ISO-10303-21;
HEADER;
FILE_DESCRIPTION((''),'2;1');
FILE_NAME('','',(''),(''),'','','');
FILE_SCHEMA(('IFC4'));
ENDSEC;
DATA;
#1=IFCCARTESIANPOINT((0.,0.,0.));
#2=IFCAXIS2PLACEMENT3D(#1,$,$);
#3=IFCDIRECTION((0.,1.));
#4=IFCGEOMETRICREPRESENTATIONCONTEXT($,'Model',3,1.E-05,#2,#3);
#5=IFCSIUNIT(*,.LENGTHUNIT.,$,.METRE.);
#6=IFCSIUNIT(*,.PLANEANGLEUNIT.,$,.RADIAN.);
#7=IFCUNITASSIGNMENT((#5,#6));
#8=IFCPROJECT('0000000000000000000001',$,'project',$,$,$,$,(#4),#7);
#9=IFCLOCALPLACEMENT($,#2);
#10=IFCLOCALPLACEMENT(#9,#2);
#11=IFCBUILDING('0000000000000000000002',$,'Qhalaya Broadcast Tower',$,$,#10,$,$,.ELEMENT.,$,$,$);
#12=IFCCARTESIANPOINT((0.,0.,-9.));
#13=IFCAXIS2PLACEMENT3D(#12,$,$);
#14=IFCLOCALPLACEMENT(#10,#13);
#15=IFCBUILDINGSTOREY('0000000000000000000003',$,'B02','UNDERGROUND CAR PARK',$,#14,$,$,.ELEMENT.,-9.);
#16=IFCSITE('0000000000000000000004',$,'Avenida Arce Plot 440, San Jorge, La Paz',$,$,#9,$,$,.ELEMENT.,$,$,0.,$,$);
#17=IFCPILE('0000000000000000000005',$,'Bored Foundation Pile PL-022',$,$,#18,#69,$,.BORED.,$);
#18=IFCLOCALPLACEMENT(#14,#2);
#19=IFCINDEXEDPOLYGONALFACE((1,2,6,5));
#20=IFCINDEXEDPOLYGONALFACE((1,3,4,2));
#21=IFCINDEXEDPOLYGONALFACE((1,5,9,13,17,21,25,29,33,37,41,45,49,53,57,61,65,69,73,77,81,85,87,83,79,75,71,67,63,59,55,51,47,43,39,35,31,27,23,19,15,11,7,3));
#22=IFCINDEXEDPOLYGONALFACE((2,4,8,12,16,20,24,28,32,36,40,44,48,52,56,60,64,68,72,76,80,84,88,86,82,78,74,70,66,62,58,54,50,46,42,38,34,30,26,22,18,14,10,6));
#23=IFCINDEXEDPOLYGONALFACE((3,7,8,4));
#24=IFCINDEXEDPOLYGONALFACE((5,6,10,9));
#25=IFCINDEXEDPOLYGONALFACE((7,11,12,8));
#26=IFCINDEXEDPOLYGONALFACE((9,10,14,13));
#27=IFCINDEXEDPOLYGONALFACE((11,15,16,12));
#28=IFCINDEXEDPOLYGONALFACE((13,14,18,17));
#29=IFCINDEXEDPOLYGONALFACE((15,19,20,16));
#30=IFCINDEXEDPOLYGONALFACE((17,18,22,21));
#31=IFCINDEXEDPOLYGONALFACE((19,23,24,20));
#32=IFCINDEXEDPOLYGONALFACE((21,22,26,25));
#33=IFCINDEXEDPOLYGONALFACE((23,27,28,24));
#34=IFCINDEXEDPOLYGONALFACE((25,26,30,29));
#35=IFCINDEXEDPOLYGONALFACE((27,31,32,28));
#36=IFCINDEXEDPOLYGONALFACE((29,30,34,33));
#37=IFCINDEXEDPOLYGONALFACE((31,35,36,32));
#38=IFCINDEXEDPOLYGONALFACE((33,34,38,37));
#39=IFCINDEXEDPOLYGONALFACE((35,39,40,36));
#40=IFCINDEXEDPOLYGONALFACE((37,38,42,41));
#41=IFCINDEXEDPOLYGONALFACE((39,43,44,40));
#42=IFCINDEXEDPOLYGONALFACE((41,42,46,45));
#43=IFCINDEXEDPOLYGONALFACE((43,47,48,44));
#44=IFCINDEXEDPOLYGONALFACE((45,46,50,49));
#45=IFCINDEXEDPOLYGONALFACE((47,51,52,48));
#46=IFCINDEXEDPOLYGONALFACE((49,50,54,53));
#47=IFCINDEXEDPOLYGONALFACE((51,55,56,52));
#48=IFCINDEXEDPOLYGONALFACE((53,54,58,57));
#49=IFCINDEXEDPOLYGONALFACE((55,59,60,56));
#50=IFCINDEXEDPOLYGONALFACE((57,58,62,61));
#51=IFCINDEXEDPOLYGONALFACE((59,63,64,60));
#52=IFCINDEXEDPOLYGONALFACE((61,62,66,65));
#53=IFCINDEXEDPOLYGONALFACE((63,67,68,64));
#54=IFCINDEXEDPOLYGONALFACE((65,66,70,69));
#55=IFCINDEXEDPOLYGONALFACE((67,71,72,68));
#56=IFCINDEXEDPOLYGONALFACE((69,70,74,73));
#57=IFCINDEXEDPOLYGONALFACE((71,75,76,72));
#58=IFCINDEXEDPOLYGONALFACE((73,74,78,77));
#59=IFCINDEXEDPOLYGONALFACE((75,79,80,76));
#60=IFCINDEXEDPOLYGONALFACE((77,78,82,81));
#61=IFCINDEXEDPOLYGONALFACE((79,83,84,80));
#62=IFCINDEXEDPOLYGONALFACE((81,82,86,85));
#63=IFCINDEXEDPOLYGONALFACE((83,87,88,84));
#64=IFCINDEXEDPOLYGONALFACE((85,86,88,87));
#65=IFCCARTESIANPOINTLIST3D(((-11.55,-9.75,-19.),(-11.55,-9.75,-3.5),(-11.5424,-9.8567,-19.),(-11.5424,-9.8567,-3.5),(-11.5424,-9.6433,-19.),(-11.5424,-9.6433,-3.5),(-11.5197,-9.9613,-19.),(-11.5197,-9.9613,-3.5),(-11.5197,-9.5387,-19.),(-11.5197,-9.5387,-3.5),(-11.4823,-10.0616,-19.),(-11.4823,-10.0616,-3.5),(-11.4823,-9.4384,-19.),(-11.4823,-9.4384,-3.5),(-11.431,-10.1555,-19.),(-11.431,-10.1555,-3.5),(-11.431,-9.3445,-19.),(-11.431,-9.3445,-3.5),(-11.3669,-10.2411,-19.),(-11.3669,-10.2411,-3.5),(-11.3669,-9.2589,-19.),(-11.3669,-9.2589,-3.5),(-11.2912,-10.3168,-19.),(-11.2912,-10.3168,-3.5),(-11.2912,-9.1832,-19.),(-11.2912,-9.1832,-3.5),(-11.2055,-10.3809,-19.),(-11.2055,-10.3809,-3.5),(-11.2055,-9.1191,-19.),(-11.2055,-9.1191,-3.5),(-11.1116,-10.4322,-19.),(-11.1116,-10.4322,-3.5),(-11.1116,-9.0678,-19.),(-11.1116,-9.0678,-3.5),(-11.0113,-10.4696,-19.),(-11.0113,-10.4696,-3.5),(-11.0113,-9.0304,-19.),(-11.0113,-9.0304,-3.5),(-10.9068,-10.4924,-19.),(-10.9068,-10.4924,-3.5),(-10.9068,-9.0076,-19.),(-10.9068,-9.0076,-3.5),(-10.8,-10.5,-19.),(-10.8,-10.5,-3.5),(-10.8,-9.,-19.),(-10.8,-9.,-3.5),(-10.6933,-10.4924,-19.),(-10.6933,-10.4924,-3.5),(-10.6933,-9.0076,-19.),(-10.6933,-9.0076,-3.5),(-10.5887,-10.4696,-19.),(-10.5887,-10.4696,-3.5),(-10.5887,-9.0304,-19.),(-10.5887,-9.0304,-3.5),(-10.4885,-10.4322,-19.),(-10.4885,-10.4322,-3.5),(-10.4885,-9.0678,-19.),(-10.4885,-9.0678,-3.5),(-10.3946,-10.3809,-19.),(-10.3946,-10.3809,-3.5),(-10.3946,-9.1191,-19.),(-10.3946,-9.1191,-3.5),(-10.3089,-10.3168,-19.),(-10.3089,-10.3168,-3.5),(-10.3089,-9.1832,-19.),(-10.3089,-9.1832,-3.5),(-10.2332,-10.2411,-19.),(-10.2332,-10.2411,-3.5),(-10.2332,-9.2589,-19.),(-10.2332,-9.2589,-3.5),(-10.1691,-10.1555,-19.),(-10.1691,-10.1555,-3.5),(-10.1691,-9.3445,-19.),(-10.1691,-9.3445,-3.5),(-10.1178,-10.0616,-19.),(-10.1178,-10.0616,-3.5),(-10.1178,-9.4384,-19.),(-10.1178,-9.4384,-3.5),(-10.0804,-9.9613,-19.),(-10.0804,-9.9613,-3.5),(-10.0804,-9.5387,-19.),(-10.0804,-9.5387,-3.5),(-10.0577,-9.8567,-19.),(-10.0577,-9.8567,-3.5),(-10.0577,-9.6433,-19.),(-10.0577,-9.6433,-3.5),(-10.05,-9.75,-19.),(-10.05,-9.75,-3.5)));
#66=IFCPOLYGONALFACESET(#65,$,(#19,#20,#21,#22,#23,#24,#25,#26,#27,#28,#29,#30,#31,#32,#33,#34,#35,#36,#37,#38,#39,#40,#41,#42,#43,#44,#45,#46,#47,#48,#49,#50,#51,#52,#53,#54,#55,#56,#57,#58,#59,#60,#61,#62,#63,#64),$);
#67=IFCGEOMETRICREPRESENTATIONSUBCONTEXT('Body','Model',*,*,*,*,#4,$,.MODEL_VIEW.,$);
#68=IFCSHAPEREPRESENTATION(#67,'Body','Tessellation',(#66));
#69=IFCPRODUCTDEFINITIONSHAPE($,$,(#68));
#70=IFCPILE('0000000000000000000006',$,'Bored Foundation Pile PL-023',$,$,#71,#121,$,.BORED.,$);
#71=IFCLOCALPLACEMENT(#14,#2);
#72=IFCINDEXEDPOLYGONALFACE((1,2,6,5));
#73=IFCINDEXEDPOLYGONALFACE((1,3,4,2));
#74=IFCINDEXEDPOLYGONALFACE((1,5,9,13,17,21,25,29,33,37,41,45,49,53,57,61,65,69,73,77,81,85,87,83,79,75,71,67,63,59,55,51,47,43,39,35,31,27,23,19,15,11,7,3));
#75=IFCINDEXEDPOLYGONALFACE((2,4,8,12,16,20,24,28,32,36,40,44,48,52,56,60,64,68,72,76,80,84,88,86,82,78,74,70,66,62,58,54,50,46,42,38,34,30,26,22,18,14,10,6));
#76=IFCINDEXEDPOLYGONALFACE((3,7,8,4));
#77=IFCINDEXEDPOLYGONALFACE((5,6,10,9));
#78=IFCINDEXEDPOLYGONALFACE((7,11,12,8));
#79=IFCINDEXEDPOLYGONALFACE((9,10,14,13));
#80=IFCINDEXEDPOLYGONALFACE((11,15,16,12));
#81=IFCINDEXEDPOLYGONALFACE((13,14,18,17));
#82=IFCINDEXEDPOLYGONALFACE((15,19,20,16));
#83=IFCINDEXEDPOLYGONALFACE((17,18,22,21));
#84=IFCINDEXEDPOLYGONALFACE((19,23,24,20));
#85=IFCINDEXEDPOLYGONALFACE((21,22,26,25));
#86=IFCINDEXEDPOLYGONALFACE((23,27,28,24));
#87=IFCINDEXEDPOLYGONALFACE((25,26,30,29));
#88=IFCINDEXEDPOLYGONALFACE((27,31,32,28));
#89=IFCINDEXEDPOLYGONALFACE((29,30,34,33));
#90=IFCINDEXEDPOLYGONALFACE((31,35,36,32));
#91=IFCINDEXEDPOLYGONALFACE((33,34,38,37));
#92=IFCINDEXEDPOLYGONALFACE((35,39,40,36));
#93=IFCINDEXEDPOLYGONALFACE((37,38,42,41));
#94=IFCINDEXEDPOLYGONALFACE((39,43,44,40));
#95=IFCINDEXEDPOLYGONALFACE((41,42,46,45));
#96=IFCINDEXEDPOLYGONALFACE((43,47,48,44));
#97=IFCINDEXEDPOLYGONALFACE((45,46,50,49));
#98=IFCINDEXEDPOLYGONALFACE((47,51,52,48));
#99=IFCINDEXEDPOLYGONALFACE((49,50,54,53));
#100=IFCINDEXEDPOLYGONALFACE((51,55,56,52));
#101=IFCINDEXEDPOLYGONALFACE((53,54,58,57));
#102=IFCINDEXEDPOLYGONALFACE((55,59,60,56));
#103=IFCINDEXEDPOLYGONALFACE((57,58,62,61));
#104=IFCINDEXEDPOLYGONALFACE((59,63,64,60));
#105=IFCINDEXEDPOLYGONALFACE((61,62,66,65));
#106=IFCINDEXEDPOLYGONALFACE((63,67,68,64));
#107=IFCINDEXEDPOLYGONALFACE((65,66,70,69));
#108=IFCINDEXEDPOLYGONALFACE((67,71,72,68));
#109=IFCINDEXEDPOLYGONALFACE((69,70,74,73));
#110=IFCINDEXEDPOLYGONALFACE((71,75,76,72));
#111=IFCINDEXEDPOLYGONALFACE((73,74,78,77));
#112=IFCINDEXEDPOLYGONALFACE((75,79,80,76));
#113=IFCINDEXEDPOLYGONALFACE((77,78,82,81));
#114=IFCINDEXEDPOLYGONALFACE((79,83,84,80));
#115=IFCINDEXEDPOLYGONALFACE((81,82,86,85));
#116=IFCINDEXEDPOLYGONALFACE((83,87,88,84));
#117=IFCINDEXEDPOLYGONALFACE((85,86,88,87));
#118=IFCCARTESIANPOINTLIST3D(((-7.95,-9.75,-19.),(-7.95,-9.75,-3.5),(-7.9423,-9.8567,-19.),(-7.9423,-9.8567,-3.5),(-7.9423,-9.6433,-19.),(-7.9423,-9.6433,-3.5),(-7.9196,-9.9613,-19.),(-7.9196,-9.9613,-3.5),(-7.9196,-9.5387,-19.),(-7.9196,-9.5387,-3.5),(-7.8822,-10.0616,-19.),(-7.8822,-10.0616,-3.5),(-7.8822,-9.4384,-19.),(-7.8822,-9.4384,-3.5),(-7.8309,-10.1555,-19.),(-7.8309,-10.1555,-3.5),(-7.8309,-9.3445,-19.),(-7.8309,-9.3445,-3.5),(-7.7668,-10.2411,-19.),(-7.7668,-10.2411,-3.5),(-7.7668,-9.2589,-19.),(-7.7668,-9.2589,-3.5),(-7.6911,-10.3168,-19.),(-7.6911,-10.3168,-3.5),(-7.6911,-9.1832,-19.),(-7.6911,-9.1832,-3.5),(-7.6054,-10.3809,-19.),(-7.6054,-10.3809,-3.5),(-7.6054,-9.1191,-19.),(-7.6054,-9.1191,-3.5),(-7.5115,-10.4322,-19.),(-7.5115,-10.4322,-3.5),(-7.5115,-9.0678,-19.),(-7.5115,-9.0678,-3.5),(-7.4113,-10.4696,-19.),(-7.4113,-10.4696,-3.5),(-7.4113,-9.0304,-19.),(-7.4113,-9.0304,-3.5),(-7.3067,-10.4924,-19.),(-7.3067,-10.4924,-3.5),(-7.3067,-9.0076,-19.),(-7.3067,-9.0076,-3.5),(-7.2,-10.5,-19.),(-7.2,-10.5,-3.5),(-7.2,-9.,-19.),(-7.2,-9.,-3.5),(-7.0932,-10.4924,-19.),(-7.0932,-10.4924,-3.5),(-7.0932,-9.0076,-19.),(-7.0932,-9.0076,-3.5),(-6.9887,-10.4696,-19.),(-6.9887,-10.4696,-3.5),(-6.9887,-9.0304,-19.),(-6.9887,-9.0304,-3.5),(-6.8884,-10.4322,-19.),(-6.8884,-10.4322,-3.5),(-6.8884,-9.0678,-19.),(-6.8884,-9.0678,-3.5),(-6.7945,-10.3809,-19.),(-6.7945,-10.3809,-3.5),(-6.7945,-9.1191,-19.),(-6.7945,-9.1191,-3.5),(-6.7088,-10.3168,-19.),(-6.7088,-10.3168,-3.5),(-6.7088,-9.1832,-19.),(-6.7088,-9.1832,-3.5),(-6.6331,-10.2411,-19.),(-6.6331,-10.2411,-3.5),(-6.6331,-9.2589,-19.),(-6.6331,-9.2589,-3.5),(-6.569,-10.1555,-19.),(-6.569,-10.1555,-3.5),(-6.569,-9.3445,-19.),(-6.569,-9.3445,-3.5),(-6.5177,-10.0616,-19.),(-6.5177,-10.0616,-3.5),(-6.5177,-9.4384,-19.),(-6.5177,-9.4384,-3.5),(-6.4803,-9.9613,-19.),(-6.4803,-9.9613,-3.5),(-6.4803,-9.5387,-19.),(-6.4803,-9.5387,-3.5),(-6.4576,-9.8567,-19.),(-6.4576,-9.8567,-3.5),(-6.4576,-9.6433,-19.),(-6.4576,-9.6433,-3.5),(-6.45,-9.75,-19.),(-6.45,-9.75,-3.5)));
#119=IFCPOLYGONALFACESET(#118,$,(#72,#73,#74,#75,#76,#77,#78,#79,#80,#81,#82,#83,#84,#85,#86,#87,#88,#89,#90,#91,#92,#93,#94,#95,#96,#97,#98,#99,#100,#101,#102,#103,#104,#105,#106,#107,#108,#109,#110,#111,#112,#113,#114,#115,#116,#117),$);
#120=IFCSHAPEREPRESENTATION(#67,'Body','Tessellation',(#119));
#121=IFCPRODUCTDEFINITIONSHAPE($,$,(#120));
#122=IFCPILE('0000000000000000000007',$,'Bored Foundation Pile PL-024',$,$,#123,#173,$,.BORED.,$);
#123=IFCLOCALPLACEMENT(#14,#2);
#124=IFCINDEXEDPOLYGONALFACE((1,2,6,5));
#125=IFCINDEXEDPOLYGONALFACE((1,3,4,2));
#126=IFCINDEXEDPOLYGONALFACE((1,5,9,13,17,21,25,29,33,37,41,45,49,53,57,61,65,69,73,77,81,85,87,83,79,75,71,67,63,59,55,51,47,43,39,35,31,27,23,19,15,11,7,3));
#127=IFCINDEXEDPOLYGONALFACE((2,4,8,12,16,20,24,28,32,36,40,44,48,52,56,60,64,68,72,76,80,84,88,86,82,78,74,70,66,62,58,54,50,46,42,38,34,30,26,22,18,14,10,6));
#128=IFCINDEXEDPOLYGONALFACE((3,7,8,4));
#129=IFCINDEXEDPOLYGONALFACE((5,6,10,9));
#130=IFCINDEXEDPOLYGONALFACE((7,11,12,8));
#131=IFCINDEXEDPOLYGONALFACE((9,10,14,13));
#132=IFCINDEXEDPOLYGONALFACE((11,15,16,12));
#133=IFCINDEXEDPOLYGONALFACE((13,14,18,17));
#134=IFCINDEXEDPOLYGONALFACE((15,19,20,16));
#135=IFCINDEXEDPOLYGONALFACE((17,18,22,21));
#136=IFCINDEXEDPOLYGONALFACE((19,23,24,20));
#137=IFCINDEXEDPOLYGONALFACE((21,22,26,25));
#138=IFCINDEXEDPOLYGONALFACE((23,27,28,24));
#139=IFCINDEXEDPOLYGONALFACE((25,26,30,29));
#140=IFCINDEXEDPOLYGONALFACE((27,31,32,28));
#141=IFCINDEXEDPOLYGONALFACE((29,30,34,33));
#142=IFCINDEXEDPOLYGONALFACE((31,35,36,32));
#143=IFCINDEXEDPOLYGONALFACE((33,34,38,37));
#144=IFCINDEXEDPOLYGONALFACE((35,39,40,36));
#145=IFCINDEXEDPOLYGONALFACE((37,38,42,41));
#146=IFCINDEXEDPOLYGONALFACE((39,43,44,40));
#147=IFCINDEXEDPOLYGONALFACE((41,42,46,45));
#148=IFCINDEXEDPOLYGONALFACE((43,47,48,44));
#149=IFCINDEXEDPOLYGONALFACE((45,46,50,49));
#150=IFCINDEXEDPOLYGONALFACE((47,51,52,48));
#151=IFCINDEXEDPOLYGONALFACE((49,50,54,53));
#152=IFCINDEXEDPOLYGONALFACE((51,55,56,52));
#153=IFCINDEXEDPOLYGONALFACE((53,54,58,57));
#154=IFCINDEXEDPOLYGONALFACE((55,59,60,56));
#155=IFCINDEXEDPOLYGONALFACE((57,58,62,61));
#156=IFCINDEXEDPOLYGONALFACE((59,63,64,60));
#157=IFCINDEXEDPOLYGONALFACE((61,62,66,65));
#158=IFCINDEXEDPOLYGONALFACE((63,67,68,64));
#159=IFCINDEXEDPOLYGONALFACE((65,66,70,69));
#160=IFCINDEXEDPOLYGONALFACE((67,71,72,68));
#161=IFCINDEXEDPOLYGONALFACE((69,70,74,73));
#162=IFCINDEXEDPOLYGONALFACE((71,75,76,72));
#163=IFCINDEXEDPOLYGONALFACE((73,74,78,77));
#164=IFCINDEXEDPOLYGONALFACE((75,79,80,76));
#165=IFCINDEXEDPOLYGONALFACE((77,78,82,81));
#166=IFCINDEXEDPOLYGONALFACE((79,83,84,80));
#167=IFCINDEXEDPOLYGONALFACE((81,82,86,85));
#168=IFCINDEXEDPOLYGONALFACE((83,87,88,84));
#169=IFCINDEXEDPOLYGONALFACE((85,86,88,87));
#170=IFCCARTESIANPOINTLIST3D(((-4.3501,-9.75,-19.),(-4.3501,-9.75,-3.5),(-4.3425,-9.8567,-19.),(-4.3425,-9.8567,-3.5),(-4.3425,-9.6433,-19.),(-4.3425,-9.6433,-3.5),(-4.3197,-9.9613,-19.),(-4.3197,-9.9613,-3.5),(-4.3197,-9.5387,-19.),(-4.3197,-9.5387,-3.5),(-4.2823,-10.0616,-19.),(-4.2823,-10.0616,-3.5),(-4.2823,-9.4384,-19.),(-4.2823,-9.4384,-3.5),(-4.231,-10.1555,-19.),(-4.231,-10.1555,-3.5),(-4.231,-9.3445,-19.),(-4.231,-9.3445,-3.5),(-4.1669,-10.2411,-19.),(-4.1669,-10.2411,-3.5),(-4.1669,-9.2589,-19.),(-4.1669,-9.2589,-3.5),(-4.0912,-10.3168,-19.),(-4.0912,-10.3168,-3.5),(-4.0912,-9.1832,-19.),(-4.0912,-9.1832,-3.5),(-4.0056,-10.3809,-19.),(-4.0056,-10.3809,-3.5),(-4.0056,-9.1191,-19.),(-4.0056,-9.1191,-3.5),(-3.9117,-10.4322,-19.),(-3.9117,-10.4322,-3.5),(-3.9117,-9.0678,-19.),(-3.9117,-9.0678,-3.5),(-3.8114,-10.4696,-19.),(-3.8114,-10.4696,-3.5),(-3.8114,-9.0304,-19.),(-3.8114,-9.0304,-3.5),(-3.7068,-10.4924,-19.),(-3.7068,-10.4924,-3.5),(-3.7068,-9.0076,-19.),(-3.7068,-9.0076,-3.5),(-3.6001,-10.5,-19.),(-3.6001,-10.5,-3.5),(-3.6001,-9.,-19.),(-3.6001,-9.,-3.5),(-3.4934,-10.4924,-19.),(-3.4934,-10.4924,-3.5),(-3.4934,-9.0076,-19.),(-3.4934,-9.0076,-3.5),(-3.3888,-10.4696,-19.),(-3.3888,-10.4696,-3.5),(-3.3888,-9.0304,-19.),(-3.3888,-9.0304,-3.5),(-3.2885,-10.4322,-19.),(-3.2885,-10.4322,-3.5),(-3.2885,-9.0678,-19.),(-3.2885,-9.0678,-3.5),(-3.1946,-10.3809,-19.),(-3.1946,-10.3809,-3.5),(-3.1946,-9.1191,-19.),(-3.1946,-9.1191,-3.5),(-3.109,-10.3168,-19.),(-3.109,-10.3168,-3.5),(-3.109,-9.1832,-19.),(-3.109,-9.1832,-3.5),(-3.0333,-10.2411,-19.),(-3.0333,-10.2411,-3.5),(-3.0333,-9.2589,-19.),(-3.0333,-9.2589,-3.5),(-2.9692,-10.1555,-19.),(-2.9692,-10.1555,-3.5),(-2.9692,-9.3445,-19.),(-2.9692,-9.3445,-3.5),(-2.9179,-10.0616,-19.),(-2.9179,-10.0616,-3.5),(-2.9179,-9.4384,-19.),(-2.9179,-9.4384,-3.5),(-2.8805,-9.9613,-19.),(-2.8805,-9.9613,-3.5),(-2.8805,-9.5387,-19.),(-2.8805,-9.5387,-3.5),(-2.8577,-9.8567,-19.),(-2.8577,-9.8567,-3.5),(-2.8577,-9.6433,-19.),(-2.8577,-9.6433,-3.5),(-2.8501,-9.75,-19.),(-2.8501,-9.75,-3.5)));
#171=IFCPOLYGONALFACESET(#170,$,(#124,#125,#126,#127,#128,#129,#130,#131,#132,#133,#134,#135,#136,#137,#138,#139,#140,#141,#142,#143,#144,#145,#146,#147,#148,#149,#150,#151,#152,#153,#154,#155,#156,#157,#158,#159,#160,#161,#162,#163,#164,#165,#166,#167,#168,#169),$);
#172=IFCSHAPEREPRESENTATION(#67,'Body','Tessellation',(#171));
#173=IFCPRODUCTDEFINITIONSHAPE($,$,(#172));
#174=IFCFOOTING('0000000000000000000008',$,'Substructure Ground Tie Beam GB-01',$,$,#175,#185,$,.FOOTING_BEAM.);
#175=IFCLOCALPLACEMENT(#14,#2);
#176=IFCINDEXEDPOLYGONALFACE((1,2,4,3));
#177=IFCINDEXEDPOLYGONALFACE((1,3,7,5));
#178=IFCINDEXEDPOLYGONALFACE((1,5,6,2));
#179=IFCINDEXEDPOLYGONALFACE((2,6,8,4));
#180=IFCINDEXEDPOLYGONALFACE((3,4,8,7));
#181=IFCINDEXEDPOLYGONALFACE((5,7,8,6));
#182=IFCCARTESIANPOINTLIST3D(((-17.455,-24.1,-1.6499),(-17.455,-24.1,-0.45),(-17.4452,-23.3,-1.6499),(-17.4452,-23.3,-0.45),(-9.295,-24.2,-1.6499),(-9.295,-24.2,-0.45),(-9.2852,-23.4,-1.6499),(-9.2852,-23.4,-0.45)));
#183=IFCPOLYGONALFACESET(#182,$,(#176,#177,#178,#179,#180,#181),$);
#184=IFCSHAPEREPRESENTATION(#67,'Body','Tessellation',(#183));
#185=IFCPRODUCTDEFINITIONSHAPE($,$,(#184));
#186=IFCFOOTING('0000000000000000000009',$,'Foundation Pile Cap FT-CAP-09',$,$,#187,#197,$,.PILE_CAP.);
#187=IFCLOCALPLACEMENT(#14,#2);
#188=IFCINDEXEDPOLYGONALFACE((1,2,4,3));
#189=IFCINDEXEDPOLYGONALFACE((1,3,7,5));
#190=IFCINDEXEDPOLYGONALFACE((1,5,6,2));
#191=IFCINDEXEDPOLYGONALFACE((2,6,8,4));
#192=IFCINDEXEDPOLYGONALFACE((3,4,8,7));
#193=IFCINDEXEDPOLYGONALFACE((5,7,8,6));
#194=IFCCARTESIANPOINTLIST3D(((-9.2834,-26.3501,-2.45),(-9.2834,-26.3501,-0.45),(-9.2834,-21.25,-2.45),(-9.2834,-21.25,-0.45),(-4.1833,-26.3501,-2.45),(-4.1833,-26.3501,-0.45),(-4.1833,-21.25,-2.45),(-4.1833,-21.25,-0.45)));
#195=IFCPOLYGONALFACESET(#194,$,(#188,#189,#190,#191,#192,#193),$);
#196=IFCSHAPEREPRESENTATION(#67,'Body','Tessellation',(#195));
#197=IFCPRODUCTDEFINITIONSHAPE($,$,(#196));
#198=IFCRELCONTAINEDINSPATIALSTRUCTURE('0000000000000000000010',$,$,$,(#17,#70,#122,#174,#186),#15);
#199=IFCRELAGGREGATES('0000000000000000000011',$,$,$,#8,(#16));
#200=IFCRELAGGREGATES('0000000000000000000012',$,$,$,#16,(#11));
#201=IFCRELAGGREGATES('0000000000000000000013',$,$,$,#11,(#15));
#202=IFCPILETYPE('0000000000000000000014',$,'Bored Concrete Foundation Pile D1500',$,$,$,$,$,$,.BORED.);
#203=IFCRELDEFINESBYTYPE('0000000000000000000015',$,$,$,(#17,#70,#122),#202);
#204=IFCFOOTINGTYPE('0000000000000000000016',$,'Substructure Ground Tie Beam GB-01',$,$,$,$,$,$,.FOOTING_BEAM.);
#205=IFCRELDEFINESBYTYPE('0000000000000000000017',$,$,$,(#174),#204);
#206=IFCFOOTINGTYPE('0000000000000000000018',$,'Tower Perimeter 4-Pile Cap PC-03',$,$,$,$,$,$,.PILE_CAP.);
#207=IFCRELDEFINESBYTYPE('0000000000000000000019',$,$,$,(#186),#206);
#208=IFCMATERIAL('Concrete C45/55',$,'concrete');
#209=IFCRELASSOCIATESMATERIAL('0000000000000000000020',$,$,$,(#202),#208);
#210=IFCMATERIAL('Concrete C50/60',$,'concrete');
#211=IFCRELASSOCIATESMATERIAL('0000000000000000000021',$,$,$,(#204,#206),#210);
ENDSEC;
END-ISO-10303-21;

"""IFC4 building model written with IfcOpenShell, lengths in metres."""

from ifc_helpers import new_model, si_unit, direction, frame, origin, origin_2d, place, context, subcontext, project, spatial, rectangle, circle, extrude, material, material_profile, profile_set, type_object, element, save


model = new_model("IFC4")

# Units and contexts
model_context = context("Model", 3, precision=1e-05, world=origin(), true_north=direction((0.0, 1.0)))
body_context = subcontext(model_context, "Body", "Model", "MODEL_VIEW")
ifc_project = project(units=[si_unit("LENGTHUNIT", "METRE"), si_unit("PLANEANGLEUNIT", "RADIAN")], contexts=[model_context])

# Site, building, storey
site_placement = place(None, origin())
site = spatial("IfcSite", under=ifc_project, at=site_placement, Name="Avenida Arce Plot 440, San Jorge, La Paz", CompositionType="ELEMENT", RefElevation=0.0)
building_placement = place(site_placement, origin())
building = spatial("IfcBuilding", under=site, at=building_placement, Name="Qhalaya Broadcast Tower", CompositionType="ELEMENT")
storey_placement = place(building_placement, frame((0.0, 0.0, -9.0)))
storey = spatial("IfcBuildingStorey", under=building, at=storey_placement, Name="B02", Description="UNDERGROUND CAR PARK", CompositionType="ELEMENT", Elevation=-9.0)

# Piles
ifc_material_1 = material(Name="Concrete C45/55", Category="concrete")
ifc_material_profile_1 = material_profile(ifc_material_1, circle(Radius=0.75, at=origin_2d()), Name="PILE D1500")
ifc_profile_set_1 = profile_set([ifc_material_profile_1], Name="Concrete C45/55")
pile_type_1 = type_object("IfcPileType", Name="Bored Concrete Foundation Pile D1500", PredefinedType="BORED", material=ifc_profile_set_1)
for number, where, z_axis, x_axis, name in (
    (1, (-10.8, -9.75, -3.5), (0.0, 0.0, -1.0), (1.0, 0.0, 0.0), "Bored Foundation Pile PL-022"),
    (2, (-7.2, -9.75, -3.5), (0.0, 0.0, -1.0), (1.0, 0.0, 0.0), "Bored Foundation Pile PL-023"),
    (3, (-3.6001, -9.75, -3.5), (0.0, 0.0, -1.0), (1.0, 0.0, 0.0), "Bored Foundation Pile PL-024"),
):
    element("IfcPile", number, at=place(storey_placement, frame(where, z_axis=z_axis, x_axis=x_axis)), inside=storey, type_object=pile_type_1, Name=name, PredefinedType="BORED", context=body_context, shape_type="SweptSolid", body=[
        extrude(circle(Radius=0.75, at=origin_2d()), origin(), (0.0, 0.0, 1.0), 15.5),
    ])

# Footings
ifc_material_2 = material(Name="Concrete C50/60", Category="concrete")
footing_type_1 = type_object("IfcFootingType", Name="Substructure Ground Tie Beam GB-01", PredefinedType="FOOTING_BEAM", material=ifc_material_2)
footing_1_placement = place(storey_placement, frame((-13.3701, -23.75, -1.6499), z_axis=(0.0, 0.0, 1.0), x_axis=(0.999925, -0.012254, 0.0)))
element("IfcFooting", 4, at=footing_1_placement, inside=storey, type_object=footing_type_1, Name="Substructure Ground Tie Beam GB-01", PredefinedType="FOOTING_BEAM", context=body_context, shape_type="SweptSolid", body=[
    extrude(rectangle(XDim=8.1606, YDim=0.8, at=origin_2d()), origin(), (0.0, 0.0, 1.0), 1.2),
])
footing_type_2 = type_object("IfcFootingType", Name="Tower Perimeter 4-Pile Cap PC-03", PredefinedType="PILE_CAP", material=ifc_material_2)
footing_2_placement = place(storey_placement, frame((-6.7334, -23.8, -2.45), z_axis=(0.0, 0.0, 1.0), x_axis=(1.0, 0.0, 0.0)))
element("IfcFooting", 5, at=footing_2_placement, inside=storey, type_object=footing_type_2, Name="Foundation Pile Cap FT-CAP-09", PredefinedType="PILE_CAP", context=body_context, shape_type="SweptSolid", body=[
    extrude(rectangle(XDim=5.1001, YDim=5.1001, at=origin_2d()), origin(), (0.0, 0.0, 1.0), 2.0),
])

save(model, "model.ifc")
